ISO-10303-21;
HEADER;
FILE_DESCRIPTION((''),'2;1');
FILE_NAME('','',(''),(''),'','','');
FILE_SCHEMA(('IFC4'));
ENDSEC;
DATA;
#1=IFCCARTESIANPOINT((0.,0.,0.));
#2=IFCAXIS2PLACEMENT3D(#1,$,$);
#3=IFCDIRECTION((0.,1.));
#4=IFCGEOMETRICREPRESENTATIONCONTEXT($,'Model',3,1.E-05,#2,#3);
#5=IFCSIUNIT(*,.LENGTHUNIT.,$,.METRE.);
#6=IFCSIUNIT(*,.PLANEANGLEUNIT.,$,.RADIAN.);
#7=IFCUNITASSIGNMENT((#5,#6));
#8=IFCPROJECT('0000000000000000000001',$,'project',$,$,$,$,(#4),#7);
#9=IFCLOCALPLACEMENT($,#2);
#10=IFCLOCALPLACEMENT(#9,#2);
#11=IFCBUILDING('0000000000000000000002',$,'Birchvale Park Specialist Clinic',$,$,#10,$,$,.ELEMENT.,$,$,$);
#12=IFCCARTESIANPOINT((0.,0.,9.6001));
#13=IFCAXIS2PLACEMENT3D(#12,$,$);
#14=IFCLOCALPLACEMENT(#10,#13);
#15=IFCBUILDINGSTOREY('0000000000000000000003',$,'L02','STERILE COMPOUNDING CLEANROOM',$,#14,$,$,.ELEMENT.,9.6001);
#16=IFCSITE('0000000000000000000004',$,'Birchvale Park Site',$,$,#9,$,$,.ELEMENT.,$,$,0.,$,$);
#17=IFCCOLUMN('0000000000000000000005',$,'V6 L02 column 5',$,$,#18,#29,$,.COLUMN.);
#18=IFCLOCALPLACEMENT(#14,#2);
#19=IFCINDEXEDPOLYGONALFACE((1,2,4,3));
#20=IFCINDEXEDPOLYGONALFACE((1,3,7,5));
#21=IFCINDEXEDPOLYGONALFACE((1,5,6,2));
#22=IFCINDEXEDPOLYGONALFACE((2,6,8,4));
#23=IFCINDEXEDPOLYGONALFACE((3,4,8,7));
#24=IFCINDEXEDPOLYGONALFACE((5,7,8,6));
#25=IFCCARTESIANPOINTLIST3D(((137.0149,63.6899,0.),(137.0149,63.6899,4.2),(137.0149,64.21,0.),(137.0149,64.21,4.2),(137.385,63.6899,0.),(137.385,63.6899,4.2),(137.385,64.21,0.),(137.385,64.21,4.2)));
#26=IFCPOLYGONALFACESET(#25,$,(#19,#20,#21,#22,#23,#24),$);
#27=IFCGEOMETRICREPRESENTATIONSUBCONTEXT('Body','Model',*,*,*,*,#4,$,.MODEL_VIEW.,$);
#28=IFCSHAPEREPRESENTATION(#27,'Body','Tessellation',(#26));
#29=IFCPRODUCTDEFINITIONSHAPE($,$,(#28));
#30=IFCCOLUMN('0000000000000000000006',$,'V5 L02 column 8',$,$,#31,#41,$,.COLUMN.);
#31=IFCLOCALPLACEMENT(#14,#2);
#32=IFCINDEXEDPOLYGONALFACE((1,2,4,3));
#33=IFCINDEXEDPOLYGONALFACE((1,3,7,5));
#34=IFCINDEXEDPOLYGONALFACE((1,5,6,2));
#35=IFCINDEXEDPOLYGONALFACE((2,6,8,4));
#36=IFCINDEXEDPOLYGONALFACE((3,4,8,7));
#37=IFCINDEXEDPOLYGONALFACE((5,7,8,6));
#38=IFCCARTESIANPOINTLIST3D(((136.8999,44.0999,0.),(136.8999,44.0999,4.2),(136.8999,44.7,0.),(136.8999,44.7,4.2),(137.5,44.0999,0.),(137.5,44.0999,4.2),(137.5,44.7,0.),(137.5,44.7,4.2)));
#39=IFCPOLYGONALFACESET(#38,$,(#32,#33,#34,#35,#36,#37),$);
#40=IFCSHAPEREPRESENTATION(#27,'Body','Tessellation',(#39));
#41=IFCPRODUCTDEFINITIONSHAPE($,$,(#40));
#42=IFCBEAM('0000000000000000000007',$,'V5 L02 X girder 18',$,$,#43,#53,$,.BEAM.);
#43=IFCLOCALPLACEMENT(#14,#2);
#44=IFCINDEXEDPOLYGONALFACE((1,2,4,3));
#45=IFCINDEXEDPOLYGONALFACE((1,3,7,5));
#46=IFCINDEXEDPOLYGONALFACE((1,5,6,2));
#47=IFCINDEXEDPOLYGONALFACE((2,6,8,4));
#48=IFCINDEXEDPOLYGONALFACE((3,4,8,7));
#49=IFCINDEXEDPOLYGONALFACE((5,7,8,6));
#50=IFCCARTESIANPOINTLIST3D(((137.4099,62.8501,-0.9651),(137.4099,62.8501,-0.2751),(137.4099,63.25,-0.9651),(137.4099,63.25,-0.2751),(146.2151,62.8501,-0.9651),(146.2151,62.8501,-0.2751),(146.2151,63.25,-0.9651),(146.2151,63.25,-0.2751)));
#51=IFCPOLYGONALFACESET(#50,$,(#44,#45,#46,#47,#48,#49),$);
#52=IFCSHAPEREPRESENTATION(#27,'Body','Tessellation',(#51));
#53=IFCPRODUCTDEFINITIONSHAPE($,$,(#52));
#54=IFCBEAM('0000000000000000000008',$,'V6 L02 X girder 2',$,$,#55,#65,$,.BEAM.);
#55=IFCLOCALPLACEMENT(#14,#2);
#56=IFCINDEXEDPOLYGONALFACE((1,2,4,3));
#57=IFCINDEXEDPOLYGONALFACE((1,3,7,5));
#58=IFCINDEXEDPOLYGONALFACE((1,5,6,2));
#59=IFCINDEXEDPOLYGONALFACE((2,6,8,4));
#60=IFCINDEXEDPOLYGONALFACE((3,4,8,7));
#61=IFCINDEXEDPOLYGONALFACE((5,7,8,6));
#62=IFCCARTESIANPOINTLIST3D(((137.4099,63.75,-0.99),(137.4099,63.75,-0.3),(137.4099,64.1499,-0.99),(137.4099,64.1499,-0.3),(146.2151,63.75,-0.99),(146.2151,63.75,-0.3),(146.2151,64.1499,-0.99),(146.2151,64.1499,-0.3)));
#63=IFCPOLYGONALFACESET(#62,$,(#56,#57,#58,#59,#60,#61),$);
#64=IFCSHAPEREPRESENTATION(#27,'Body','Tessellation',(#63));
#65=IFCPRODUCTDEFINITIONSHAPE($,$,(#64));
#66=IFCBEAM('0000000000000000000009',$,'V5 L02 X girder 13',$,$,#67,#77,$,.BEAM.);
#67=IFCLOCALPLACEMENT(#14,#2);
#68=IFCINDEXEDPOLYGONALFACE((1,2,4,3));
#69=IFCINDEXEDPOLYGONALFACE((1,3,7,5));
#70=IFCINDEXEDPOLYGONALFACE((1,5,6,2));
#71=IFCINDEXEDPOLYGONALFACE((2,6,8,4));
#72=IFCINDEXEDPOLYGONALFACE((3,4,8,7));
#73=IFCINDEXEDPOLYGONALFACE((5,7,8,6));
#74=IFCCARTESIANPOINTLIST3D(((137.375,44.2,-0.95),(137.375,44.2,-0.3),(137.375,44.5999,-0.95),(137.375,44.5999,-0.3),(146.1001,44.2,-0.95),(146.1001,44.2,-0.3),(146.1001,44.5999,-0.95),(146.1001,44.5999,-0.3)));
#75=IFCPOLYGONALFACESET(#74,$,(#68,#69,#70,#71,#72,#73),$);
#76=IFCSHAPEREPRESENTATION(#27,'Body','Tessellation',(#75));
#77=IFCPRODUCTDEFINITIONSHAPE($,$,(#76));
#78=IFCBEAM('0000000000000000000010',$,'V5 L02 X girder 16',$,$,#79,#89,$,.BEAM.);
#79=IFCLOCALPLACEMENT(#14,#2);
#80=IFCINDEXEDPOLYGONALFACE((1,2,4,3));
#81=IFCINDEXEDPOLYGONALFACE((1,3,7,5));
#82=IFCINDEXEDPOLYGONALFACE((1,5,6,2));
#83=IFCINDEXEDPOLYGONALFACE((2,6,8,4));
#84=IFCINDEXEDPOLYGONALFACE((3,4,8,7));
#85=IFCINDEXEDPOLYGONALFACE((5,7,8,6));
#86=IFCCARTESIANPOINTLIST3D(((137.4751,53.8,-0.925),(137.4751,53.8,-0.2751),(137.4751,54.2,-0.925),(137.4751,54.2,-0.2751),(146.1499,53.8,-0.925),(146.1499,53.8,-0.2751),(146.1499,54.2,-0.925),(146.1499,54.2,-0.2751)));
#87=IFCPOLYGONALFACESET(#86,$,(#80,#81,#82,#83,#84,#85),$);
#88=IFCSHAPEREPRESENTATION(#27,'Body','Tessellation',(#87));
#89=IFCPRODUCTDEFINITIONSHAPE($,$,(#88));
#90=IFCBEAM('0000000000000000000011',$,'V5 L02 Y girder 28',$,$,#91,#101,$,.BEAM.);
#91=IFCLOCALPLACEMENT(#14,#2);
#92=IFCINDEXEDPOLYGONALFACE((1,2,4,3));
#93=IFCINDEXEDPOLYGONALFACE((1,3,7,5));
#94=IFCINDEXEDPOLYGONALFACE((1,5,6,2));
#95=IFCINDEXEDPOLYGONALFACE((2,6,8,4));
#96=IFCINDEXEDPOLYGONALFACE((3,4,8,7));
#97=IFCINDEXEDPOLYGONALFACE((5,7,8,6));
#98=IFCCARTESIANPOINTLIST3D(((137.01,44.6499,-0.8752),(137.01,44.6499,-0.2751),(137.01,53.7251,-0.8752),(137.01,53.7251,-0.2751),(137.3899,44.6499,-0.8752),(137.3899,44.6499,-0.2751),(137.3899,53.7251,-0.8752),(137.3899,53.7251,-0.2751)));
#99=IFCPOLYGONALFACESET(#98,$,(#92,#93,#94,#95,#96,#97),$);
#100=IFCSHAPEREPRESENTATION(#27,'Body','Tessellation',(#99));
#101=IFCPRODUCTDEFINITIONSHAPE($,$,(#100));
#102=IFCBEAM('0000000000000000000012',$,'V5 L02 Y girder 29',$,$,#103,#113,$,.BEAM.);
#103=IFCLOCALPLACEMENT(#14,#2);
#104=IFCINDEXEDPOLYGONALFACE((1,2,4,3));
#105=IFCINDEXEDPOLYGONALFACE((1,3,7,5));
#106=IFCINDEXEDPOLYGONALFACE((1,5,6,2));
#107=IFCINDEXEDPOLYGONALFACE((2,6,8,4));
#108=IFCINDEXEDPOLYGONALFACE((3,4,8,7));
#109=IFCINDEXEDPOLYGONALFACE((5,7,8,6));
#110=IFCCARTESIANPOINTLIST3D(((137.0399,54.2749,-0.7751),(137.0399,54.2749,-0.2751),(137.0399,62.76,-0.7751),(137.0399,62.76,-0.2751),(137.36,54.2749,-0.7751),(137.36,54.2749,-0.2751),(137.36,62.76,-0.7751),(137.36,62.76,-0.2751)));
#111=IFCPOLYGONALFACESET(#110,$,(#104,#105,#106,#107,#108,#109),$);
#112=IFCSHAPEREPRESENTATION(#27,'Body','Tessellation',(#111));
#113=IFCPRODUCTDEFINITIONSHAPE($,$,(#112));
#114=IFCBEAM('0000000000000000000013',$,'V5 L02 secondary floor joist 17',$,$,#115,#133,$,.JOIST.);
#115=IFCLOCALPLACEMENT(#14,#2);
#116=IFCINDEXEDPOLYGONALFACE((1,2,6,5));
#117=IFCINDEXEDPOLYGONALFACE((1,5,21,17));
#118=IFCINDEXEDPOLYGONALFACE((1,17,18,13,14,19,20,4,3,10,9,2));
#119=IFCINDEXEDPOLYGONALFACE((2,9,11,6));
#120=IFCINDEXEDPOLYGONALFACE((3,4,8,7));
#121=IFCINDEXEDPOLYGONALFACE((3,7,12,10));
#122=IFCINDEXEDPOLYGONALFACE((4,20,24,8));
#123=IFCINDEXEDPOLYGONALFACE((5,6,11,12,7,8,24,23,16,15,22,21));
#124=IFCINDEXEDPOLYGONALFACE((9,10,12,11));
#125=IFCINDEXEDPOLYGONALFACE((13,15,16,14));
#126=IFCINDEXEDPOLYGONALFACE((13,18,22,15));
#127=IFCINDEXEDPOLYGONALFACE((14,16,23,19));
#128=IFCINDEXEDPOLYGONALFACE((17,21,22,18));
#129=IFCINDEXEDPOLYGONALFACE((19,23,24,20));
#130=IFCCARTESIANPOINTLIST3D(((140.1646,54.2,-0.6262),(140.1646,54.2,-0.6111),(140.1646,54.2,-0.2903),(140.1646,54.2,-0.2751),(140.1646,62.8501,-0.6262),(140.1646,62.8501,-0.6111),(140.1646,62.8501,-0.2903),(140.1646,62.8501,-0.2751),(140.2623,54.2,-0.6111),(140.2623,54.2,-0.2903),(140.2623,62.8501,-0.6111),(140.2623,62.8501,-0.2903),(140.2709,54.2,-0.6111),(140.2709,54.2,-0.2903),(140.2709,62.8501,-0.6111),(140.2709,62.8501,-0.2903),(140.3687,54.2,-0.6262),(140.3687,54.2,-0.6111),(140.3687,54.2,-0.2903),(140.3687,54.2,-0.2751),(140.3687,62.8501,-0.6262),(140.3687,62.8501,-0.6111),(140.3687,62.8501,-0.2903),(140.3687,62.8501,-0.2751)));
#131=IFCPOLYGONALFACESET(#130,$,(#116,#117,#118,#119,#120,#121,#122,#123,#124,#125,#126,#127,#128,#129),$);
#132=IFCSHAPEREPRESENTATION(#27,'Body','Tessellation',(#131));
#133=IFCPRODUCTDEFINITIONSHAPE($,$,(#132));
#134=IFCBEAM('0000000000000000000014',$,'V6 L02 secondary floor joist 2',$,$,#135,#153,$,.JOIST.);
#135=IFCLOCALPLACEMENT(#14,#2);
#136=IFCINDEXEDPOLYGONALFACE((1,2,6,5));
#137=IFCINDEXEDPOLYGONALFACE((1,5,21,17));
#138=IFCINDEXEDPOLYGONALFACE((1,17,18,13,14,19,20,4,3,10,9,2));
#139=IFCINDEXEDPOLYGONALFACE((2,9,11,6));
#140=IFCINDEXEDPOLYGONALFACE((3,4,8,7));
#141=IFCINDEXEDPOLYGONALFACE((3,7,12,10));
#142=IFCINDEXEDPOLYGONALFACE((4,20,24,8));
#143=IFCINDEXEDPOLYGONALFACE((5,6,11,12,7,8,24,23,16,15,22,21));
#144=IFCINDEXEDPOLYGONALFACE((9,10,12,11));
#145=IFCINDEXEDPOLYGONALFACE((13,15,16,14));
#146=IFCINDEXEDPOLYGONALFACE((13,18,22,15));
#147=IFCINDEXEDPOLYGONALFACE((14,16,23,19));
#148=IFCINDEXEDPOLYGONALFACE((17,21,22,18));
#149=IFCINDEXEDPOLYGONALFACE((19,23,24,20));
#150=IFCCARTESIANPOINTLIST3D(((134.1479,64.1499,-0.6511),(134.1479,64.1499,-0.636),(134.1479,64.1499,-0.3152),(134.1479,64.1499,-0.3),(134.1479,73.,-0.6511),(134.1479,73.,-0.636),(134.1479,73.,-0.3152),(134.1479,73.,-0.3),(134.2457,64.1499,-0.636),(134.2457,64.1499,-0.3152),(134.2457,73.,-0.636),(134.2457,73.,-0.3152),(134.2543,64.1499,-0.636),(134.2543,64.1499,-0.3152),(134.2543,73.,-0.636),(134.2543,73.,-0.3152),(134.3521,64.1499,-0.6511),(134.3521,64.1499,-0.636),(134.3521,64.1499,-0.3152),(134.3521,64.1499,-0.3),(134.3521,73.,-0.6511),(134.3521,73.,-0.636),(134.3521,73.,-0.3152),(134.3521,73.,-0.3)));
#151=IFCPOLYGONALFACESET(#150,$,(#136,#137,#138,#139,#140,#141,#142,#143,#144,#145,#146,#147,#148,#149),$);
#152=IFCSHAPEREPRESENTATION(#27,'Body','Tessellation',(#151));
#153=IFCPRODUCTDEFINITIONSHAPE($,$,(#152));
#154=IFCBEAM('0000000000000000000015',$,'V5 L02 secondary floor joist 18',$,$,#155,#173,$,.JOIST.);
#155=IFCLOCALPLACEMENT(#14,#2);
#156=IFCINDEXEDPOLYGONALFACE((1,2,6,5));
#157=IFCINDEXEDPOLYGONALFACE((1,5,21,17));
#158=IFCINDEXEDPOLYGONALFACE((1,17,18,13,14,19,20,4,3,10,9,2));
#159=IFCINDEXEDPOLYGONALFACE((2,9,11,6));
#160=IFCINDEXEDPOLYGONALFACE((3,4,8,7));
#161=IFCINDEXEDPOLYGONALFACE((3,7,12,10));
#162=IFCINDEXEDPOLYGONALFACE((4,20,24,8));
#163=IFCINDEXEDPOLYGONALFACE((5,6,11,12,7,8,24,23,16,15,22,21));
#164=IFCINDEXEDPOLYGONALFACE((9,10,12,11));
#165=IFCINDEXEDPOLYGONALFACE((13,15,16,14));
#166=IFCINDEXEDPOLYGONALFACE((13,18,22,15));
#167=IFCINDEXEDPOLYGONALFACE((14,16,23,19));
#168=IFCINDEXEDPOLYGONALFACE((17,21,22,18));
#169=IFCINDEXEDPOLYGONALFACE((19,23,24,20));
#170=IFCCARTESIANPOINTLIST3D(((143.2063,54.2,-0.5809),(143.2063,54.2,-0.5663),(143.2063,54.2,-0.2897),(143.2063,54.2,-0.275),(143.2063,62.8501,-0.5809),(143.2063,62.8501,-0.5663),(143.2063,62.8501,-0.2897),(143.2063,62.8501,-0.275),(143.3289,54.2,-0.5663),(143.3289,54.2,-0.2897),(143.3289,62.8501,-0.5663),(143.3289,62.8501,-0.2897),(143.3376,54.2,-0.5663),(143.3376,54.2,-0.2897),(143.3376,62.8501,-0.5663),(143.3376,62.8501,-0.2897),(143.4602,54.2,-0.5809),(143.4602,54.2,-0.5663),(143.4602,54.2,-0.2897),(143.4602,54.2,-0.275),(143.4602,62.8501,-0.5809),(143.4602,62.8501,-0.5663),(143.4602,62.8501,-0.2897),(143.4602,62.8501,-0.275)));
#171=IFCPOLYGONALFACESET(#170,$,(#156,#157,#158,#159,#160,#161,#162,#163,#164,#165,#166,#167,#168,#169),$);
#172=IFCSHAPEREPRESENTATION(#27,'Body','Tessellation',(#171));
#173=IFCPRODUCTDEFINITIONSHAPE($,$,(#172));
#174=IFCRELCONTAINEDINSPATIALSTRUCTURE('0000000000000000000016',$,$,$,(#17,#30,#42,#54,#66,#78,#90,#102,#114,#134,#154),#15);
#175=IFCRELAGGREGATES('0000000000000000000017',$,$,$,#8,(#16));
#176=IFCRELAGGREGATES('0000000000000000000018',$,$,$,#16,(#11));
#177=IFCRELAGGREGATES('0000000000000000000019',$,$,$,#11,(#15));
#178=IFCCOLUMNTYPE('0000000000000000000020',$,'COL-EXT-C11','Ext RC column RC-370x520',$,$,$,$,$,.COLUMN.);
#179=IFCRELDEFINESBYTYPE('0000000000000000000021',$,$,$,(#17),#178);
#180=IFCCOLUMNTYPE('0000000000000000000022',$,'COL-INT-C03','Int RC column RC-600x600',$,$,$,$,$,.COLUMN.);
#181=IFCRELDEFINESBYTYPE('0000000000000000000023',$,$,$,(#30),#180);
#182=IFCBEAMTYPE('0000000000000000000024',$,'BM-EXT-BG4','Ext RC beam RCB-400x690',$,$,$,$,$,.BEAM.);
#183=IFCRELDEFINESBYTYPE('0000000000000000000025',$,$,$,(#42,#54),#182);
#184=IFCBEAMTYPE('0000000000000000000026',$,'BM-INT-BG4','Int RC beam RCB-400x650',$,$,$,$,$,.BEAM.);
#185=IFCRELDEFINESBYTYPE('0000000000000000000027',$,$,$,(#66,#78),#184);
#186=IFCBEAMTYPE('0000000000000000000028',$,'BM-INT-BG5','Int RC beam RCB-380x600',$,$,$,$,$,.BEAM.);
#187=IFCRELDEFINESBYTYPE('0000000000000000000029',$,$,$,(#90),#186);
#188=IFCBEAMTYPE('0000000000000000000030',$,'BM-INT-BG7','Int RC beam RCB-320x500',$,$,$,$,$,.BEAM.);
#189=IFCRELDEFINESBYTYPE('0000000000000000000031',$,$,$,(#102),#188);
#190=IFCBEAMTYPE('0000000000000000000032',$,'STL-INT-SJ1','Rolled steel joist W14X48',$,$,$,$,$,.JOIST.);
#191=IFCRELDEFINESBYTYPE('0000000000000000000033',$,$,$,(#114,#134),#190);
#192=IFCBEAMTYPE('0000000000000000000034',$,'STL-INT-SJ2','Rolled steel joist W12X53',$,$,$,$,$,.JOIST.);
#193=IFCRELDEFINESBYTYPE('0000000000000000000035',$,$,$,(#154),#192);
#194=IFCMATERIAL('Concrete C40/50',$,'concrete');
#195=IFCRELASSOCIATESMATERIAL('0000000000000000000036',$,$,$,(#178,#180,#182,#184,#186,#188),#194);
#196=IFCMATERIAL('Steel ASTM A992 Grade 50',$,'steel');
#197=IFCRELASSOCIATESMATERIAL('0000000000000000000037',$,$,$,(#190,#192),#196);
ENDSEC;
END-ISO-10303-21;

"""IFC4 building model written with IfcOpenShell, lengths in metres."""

from ifc_helpers import new_model, si_unit, direction, frame, origin, origin_2d, place, context, subcontext, project, spatial, rectangle, i_section, extrude, material, material_profile, profile_set, type_object, element, save


model = new_model("IFC4")

# Units and contexts
model_context = context("Model", 3, precision=1e-05, world=origin(), true_north=direction((0.0, 1.0)))
body_context = subcontext(model_context, "Body", "Model", "MODEL_VIEW")
ifc_project = project(units=[si_unit("LENGTHUNIT", "METRE"), si_unit("PLANEANGLEUNIT", "RADIAN")], contexts=[model_context])

# Site, building, storey
site_placement = place(None, origin())
site = spatial("IfcSite", under=ifc_project, at=site_placement, Name="Birchvale Park Site", CompositionType="ELEMENT", RefElevation=0.0)
building_placement = place(site_placement, origin())
building = spatial("IfcBuilding", under=site, at=building_placement, Name="Birchvale Park Specialist Clinic", CompositionType="ELEMENT")
storey_placement = place(building_placement, frame((0.0, 0.0, 9.6001)))
storey = spatial("IfcBuildingStorey", under=building, at=storey_placement, Name="L02", Description="STERILE COMPOUNDING CLEANROOM", CompositionType="ELEMENT", Elevation=9.6001)

# Columns
ifc_material_1 = material(Name="Concrete C40/50", Category="concrete")
ifc_material_profile_1 = material_profile(ifc_material_1, rectangle(XDim=0.3701, YDim=0.52, at=origin_2d()), Name="RC-370x520")
ifc_profile_set_1 = profile_set([ifc_material_profile_1], Name="Concrete C40/50")
column_type_1 = type_object("IfcColumnType", Name="COL-EXT-C11", Description="Ext RC column RC-370x520", PredefinedType="COLUMN", material=ifc_profile_set_1)
column_1_placement = place(storey_placement, frame((137.2, 63.95, 0.0), z_axis=(0.0, 0.0, 1.0), x_axis=(1.0, 0.0, 0.0)))
element("IfcColumn", 1, at=column_1_placement, inside=storey, type_object=column_type_1, Name="V6 L02 column 5", PredefinedType="COLUMN", context=body_context, shape_type="SweptSolid", body=[
    extrude(rectangle(XDim=0.3701, YDim=0.52, at=origin_2d()), origin(), (0.0, 0.0, 1.0), 4.2),
])
ifc_material_profile_2 = material_profile(ifc_material_1, rectangle(XDim=0.6001, YDim=0.6001, at=origin_2d()), Name="RC-600x600")
ifc_profile_set_2 = profile_set([ifc_material_profile_2], Name="Concrete C40/50")
column_type_2 = type_object("IfcColumnType", Name="COL-INT-C03", Description="Int RC column RC-600x600", PredefinedType="COLUMN", material=ifc_profile_set_2)
column_2_placement = place(storey_placement, frame((137.2, 44.3999, 0.0), z_axis=(0.0, 0.0, 1.0), x_axis=(1.0, 0.0, 0.0)))
element("IfcColumn", 2, at=column_2_placement, inside=storey, type_object=column_type_2, Name="V5 L02 column 8", PredefinedType="COLUMN", context=body_context, shape_type="SweptSolid", body=[
    extrude(rectangle(XDim=0.6001, YDim=0.6001, at=origin_2d()), origin(), (0.0, 0.0, 1.0), 4.2),
])

# Beams
ifc_material_profile_3 = material_profile(ifc_material_1, rectangle(XDim=0.3999, YDim=0.6899, at=origin_2d()), Name="RCB-400x690")
ifc_profile_set_3 = profile_set([ifc_material_profile_3], Name="Concrete C40/50")
beam_type_1 = type_object("IfcBeamType", Name="BM-EXT-BG4", Description="Ext RC beam RCB-400x690", PredefinedType="BEAM", material=ifc_profile_set_3)
for number, where, z_axis, x_axis, name in (
    (3, (137.4099, 63.05, -0.6201), (1.0, 0.0, 0.0), (0.0, 1.0, 0.0), "V5 L02 X girder 18"),
    (4, (137.4099, 63.95, -0.645), (1.0, 0.0, 0.0), (0.0, 1.0, 0.0), "V6 L02 X girder 2"),
):
    element("IfcBeam", number, at=place(storey_placement, frame(where, z_axis=z_axis, x_axis=x_axis)), inside=storey, type_object=beam_type_1, Name=name, PredefinedType="BEAM", context=body_context, shape_type="SweptSolid", body=[
        extrude(rectangle(XDim=0.3999, YDim=0.6899, at=origin_2d()), origin(), (0.0, 0.0, 1.0), 8.8052),
    ])
ifc_material_profile_4 = material_profile(ifc_material_1, rectangle(XDim=0.3999, YDim=0.6499, at=origin_2d()), Name="RCB-400x650")
ifc_profile_set_4 = profile_set([ifc_material_profile_4], Name="Concrete C40/50")
beam_type_2 = type_object("IfcBeamType", Name="BM-INT-BG4", Description="Int RC beam RCB-400x650", PredefinedType="BEAM", material=ifc_profile_set_4)
beam_1_placement = place(storey_placement, frame((137.375, 44.3999, -0.625), z_axis=(1.0, 0.0, 0.0), x_axis=(0.0, 1.0, 0.0)))
element("IfcBeam", 5, at=beam_1_placement, inside=storey, type_object=beam_type_2, Name="V5 L02 X girder 13", PredefinedType="BEAM", context=body_context, shape_type="SweptSolid", body=[
    extrude(rectangle(XDim=0.3999, YDim=0.6499, at=origin_2d()), origin(), (0.0, 0.0, 1.0), 8.7251),
])
beam_2_placement = place(storey_placement, frame((137.4751, 54.0, -0.6001), z_axis=(1.0, 0.0, 0.0), x_axis=(0.0, 1.0, 0.0)))
element("IfcBeam", 6, at=beam_2_placement, inside=storey, type_object=beam_type_2, Name="V5 L02 X girder 16", PredefinedType="BEAM", context=body_context, shape_type="SweptSolid", body=[
    extrude(rectangle(XDim=0.3999, YDim=0.6499, at=origin_2d()), origin(), (0.0, 0.0, 1.0), 8.6748),
])
ifc_material_profile_5 = material_profile(ifc_material_1, rectangle(XDim=0.3799, YDim=0.6001, at=origin_2d()), Name="RCB-380x600")
ifc_profile_set_5 = profile_set([ifc_material_profile_5], Name="Concrete C40/50")
beam_type_3 = type_object("IfcBeamType", Name="BM-INT-BG5", Description="Int RC beam RCB-380x600", PredefinedType="BEAM", material=ifc_profile_set_5)
beam_3_placement = place(storey_placement, frame((137.2, 44.6499, -0.5752), z_axis=(0.0, 1.0, 0.0), x_axis=(-1.0, 0.0, 0.0)))
element("IfcBeam", 7, at=beam_3_placement, inside=storey, type_object=beam_type_3, Name="V5 L02 Y girder 28", PredefinedType="BEAM", context=body_context, shape_type="SweptSolid", body=[
    extrude(rectangle(XDim=0.3799, YDim=0.6001, at=origin_2d()), origin(), (0.0, 0.0, 1.0), 9.0752),
])
ifc_material_profile_6 = material_profile(ifc_material_1, rectangle(XDim=0.3201, YDim=0.5, at=origin_2d()), Name="RCB-320x500")
ifc_profile_set_6 = profile_set([ifc_material_profile_6], Name="Concrete C40/50")
beam_type_4 = type_object("IfcBeamType", Name="BM-INT-BG7", Description="Int RC beam RCB-320x500", PredefinedType="BEAM", material=ifc_profile_set_6)
beam_4_placement = place(storey_placement, frame((137.2, 54.2749, -0.5251), z_axis=(0.0, 1.0, 0.0), x_axis=(-1.0, 0.0, 0.0)))
element("IfcBeam", 8, at=beam_4_placement, inside=storey, type_object=beam_type_4, Name="V5 L02 Y girder 29", PredefinedType="BEAM", context=body_context, shape_type="SweptSolid", body=[
    extrude(rectangle(XDim=0.3201, YDim=0.5, at=origin_2d()), origin(), (0.0, 0.0, 1.0), 8.4851),
])
ifc_material_2 = material(Name="Steel ASTM A992 Grade 50", Category="steel")
ifc_material_profile_7 = material_profile(ifc_material_2, i_section(OverallWidth=0.2041, OverallDepth=0.3511, WebThickness=0.0085, FlangeThickness=0.0151, at=origin_2d()), Name="W14X48")
ifc_profile_set_7 = profile_set([ifc_material_profile_7], Name="Steel ASTM A992 Grade 50")
beam_type_5 = type_object("IfcBeamType", Name="STL-INT-SJ1", Description="Rolled steel joist W14X48", PredefinedType="JOIST", material=ifc_profile_set_7)
beam_5_placement = place(storey_placement, frame((140.2666, 54.2, -0.4507), z_axis=(0.0, 1.0, 0.0), x_axis=(-1.0, 0.0, 0.0)))
element("IfcBeam", 9, at=beam_5_placement, inside=storey, type_object=beam_type_5, Name="V5 L02 secondary floor joist 17", PredefinedType="JOIST", context=body_context, shape_type="SweptSolid", body=[
    extrude(i_section(OverallWidth=0.2041, OverallDepth=0.3511, WebThickness=0.0085, FlangeThickness=0.0151, at=origin_2d()), origin(), (0.0, 0.0, 1.0), 8.6501),
])
beam_6_placement = place(storey_placement, frame((134.25, 64.1499, -0.4756), z_axis=(0.0, 1.0, 0.0), x_axis=(-1.0, 0.0, 0.0)))
element("IfcBeam", 10, at=beam_6_placement, inside=storey, type_object=beam_type_5, Name="V6 L02 secondary floor joist 2", PredefinedType="JOIST", context=body_context, shape_type="SweptSolid", body=[
    extrude(i_section(OverallWidth=0.2041, OverallDepth=0.3511, WebThickness=0.0085, FlangeThickness=0.0151, at=origin_2d()), origin(), (0.0, 0.0, 1.0), 8.8501),
])
ifc_material_profile_8 = material_profile(ifc_material_2, i_section(OverallWidth=0.2539, OverallDepth=0.3059, WebThickness=0.0088, FlangeThickness=0.0146, at=origin_2d()), Name="W12X53")
ifc_profile_set_8 = profile_set([ifc_material_profile_8], Name="Steel ASTM A992 Grade 50")
beam_type_6 = type_object("IfcBeamType", Name="STL-INT-SJ2", Description="Rolled steel joist W12X53", PredefinedType="JOIST", material=ifc_profile_set_8)
beam_7_placement = place(storey_placement, frame((143.3333, 54.2, -0.428), z_axis=(0.0, 1.0, 0.0), x_axis=(-1.0, 0.0, 0.0)))
element("IfcBeam", 11, at=beam_7_placement, inside=storey, type_object=beam_type_6, Name="V5 L02 secondary floor joist 18", PredefinedType="JOIST", context=body_context, shape_type="SweptSolid", body=[
    extrude(i_section(OverallWidth=0.2539, OverallDepth=0.3059, WebThickness=0.0088, FlangeThickness=0.0146, at=origin_2d()), origin(), (0.0, 0.0, 1.0), 8.6501),
])

save(model, "model.ifc")
